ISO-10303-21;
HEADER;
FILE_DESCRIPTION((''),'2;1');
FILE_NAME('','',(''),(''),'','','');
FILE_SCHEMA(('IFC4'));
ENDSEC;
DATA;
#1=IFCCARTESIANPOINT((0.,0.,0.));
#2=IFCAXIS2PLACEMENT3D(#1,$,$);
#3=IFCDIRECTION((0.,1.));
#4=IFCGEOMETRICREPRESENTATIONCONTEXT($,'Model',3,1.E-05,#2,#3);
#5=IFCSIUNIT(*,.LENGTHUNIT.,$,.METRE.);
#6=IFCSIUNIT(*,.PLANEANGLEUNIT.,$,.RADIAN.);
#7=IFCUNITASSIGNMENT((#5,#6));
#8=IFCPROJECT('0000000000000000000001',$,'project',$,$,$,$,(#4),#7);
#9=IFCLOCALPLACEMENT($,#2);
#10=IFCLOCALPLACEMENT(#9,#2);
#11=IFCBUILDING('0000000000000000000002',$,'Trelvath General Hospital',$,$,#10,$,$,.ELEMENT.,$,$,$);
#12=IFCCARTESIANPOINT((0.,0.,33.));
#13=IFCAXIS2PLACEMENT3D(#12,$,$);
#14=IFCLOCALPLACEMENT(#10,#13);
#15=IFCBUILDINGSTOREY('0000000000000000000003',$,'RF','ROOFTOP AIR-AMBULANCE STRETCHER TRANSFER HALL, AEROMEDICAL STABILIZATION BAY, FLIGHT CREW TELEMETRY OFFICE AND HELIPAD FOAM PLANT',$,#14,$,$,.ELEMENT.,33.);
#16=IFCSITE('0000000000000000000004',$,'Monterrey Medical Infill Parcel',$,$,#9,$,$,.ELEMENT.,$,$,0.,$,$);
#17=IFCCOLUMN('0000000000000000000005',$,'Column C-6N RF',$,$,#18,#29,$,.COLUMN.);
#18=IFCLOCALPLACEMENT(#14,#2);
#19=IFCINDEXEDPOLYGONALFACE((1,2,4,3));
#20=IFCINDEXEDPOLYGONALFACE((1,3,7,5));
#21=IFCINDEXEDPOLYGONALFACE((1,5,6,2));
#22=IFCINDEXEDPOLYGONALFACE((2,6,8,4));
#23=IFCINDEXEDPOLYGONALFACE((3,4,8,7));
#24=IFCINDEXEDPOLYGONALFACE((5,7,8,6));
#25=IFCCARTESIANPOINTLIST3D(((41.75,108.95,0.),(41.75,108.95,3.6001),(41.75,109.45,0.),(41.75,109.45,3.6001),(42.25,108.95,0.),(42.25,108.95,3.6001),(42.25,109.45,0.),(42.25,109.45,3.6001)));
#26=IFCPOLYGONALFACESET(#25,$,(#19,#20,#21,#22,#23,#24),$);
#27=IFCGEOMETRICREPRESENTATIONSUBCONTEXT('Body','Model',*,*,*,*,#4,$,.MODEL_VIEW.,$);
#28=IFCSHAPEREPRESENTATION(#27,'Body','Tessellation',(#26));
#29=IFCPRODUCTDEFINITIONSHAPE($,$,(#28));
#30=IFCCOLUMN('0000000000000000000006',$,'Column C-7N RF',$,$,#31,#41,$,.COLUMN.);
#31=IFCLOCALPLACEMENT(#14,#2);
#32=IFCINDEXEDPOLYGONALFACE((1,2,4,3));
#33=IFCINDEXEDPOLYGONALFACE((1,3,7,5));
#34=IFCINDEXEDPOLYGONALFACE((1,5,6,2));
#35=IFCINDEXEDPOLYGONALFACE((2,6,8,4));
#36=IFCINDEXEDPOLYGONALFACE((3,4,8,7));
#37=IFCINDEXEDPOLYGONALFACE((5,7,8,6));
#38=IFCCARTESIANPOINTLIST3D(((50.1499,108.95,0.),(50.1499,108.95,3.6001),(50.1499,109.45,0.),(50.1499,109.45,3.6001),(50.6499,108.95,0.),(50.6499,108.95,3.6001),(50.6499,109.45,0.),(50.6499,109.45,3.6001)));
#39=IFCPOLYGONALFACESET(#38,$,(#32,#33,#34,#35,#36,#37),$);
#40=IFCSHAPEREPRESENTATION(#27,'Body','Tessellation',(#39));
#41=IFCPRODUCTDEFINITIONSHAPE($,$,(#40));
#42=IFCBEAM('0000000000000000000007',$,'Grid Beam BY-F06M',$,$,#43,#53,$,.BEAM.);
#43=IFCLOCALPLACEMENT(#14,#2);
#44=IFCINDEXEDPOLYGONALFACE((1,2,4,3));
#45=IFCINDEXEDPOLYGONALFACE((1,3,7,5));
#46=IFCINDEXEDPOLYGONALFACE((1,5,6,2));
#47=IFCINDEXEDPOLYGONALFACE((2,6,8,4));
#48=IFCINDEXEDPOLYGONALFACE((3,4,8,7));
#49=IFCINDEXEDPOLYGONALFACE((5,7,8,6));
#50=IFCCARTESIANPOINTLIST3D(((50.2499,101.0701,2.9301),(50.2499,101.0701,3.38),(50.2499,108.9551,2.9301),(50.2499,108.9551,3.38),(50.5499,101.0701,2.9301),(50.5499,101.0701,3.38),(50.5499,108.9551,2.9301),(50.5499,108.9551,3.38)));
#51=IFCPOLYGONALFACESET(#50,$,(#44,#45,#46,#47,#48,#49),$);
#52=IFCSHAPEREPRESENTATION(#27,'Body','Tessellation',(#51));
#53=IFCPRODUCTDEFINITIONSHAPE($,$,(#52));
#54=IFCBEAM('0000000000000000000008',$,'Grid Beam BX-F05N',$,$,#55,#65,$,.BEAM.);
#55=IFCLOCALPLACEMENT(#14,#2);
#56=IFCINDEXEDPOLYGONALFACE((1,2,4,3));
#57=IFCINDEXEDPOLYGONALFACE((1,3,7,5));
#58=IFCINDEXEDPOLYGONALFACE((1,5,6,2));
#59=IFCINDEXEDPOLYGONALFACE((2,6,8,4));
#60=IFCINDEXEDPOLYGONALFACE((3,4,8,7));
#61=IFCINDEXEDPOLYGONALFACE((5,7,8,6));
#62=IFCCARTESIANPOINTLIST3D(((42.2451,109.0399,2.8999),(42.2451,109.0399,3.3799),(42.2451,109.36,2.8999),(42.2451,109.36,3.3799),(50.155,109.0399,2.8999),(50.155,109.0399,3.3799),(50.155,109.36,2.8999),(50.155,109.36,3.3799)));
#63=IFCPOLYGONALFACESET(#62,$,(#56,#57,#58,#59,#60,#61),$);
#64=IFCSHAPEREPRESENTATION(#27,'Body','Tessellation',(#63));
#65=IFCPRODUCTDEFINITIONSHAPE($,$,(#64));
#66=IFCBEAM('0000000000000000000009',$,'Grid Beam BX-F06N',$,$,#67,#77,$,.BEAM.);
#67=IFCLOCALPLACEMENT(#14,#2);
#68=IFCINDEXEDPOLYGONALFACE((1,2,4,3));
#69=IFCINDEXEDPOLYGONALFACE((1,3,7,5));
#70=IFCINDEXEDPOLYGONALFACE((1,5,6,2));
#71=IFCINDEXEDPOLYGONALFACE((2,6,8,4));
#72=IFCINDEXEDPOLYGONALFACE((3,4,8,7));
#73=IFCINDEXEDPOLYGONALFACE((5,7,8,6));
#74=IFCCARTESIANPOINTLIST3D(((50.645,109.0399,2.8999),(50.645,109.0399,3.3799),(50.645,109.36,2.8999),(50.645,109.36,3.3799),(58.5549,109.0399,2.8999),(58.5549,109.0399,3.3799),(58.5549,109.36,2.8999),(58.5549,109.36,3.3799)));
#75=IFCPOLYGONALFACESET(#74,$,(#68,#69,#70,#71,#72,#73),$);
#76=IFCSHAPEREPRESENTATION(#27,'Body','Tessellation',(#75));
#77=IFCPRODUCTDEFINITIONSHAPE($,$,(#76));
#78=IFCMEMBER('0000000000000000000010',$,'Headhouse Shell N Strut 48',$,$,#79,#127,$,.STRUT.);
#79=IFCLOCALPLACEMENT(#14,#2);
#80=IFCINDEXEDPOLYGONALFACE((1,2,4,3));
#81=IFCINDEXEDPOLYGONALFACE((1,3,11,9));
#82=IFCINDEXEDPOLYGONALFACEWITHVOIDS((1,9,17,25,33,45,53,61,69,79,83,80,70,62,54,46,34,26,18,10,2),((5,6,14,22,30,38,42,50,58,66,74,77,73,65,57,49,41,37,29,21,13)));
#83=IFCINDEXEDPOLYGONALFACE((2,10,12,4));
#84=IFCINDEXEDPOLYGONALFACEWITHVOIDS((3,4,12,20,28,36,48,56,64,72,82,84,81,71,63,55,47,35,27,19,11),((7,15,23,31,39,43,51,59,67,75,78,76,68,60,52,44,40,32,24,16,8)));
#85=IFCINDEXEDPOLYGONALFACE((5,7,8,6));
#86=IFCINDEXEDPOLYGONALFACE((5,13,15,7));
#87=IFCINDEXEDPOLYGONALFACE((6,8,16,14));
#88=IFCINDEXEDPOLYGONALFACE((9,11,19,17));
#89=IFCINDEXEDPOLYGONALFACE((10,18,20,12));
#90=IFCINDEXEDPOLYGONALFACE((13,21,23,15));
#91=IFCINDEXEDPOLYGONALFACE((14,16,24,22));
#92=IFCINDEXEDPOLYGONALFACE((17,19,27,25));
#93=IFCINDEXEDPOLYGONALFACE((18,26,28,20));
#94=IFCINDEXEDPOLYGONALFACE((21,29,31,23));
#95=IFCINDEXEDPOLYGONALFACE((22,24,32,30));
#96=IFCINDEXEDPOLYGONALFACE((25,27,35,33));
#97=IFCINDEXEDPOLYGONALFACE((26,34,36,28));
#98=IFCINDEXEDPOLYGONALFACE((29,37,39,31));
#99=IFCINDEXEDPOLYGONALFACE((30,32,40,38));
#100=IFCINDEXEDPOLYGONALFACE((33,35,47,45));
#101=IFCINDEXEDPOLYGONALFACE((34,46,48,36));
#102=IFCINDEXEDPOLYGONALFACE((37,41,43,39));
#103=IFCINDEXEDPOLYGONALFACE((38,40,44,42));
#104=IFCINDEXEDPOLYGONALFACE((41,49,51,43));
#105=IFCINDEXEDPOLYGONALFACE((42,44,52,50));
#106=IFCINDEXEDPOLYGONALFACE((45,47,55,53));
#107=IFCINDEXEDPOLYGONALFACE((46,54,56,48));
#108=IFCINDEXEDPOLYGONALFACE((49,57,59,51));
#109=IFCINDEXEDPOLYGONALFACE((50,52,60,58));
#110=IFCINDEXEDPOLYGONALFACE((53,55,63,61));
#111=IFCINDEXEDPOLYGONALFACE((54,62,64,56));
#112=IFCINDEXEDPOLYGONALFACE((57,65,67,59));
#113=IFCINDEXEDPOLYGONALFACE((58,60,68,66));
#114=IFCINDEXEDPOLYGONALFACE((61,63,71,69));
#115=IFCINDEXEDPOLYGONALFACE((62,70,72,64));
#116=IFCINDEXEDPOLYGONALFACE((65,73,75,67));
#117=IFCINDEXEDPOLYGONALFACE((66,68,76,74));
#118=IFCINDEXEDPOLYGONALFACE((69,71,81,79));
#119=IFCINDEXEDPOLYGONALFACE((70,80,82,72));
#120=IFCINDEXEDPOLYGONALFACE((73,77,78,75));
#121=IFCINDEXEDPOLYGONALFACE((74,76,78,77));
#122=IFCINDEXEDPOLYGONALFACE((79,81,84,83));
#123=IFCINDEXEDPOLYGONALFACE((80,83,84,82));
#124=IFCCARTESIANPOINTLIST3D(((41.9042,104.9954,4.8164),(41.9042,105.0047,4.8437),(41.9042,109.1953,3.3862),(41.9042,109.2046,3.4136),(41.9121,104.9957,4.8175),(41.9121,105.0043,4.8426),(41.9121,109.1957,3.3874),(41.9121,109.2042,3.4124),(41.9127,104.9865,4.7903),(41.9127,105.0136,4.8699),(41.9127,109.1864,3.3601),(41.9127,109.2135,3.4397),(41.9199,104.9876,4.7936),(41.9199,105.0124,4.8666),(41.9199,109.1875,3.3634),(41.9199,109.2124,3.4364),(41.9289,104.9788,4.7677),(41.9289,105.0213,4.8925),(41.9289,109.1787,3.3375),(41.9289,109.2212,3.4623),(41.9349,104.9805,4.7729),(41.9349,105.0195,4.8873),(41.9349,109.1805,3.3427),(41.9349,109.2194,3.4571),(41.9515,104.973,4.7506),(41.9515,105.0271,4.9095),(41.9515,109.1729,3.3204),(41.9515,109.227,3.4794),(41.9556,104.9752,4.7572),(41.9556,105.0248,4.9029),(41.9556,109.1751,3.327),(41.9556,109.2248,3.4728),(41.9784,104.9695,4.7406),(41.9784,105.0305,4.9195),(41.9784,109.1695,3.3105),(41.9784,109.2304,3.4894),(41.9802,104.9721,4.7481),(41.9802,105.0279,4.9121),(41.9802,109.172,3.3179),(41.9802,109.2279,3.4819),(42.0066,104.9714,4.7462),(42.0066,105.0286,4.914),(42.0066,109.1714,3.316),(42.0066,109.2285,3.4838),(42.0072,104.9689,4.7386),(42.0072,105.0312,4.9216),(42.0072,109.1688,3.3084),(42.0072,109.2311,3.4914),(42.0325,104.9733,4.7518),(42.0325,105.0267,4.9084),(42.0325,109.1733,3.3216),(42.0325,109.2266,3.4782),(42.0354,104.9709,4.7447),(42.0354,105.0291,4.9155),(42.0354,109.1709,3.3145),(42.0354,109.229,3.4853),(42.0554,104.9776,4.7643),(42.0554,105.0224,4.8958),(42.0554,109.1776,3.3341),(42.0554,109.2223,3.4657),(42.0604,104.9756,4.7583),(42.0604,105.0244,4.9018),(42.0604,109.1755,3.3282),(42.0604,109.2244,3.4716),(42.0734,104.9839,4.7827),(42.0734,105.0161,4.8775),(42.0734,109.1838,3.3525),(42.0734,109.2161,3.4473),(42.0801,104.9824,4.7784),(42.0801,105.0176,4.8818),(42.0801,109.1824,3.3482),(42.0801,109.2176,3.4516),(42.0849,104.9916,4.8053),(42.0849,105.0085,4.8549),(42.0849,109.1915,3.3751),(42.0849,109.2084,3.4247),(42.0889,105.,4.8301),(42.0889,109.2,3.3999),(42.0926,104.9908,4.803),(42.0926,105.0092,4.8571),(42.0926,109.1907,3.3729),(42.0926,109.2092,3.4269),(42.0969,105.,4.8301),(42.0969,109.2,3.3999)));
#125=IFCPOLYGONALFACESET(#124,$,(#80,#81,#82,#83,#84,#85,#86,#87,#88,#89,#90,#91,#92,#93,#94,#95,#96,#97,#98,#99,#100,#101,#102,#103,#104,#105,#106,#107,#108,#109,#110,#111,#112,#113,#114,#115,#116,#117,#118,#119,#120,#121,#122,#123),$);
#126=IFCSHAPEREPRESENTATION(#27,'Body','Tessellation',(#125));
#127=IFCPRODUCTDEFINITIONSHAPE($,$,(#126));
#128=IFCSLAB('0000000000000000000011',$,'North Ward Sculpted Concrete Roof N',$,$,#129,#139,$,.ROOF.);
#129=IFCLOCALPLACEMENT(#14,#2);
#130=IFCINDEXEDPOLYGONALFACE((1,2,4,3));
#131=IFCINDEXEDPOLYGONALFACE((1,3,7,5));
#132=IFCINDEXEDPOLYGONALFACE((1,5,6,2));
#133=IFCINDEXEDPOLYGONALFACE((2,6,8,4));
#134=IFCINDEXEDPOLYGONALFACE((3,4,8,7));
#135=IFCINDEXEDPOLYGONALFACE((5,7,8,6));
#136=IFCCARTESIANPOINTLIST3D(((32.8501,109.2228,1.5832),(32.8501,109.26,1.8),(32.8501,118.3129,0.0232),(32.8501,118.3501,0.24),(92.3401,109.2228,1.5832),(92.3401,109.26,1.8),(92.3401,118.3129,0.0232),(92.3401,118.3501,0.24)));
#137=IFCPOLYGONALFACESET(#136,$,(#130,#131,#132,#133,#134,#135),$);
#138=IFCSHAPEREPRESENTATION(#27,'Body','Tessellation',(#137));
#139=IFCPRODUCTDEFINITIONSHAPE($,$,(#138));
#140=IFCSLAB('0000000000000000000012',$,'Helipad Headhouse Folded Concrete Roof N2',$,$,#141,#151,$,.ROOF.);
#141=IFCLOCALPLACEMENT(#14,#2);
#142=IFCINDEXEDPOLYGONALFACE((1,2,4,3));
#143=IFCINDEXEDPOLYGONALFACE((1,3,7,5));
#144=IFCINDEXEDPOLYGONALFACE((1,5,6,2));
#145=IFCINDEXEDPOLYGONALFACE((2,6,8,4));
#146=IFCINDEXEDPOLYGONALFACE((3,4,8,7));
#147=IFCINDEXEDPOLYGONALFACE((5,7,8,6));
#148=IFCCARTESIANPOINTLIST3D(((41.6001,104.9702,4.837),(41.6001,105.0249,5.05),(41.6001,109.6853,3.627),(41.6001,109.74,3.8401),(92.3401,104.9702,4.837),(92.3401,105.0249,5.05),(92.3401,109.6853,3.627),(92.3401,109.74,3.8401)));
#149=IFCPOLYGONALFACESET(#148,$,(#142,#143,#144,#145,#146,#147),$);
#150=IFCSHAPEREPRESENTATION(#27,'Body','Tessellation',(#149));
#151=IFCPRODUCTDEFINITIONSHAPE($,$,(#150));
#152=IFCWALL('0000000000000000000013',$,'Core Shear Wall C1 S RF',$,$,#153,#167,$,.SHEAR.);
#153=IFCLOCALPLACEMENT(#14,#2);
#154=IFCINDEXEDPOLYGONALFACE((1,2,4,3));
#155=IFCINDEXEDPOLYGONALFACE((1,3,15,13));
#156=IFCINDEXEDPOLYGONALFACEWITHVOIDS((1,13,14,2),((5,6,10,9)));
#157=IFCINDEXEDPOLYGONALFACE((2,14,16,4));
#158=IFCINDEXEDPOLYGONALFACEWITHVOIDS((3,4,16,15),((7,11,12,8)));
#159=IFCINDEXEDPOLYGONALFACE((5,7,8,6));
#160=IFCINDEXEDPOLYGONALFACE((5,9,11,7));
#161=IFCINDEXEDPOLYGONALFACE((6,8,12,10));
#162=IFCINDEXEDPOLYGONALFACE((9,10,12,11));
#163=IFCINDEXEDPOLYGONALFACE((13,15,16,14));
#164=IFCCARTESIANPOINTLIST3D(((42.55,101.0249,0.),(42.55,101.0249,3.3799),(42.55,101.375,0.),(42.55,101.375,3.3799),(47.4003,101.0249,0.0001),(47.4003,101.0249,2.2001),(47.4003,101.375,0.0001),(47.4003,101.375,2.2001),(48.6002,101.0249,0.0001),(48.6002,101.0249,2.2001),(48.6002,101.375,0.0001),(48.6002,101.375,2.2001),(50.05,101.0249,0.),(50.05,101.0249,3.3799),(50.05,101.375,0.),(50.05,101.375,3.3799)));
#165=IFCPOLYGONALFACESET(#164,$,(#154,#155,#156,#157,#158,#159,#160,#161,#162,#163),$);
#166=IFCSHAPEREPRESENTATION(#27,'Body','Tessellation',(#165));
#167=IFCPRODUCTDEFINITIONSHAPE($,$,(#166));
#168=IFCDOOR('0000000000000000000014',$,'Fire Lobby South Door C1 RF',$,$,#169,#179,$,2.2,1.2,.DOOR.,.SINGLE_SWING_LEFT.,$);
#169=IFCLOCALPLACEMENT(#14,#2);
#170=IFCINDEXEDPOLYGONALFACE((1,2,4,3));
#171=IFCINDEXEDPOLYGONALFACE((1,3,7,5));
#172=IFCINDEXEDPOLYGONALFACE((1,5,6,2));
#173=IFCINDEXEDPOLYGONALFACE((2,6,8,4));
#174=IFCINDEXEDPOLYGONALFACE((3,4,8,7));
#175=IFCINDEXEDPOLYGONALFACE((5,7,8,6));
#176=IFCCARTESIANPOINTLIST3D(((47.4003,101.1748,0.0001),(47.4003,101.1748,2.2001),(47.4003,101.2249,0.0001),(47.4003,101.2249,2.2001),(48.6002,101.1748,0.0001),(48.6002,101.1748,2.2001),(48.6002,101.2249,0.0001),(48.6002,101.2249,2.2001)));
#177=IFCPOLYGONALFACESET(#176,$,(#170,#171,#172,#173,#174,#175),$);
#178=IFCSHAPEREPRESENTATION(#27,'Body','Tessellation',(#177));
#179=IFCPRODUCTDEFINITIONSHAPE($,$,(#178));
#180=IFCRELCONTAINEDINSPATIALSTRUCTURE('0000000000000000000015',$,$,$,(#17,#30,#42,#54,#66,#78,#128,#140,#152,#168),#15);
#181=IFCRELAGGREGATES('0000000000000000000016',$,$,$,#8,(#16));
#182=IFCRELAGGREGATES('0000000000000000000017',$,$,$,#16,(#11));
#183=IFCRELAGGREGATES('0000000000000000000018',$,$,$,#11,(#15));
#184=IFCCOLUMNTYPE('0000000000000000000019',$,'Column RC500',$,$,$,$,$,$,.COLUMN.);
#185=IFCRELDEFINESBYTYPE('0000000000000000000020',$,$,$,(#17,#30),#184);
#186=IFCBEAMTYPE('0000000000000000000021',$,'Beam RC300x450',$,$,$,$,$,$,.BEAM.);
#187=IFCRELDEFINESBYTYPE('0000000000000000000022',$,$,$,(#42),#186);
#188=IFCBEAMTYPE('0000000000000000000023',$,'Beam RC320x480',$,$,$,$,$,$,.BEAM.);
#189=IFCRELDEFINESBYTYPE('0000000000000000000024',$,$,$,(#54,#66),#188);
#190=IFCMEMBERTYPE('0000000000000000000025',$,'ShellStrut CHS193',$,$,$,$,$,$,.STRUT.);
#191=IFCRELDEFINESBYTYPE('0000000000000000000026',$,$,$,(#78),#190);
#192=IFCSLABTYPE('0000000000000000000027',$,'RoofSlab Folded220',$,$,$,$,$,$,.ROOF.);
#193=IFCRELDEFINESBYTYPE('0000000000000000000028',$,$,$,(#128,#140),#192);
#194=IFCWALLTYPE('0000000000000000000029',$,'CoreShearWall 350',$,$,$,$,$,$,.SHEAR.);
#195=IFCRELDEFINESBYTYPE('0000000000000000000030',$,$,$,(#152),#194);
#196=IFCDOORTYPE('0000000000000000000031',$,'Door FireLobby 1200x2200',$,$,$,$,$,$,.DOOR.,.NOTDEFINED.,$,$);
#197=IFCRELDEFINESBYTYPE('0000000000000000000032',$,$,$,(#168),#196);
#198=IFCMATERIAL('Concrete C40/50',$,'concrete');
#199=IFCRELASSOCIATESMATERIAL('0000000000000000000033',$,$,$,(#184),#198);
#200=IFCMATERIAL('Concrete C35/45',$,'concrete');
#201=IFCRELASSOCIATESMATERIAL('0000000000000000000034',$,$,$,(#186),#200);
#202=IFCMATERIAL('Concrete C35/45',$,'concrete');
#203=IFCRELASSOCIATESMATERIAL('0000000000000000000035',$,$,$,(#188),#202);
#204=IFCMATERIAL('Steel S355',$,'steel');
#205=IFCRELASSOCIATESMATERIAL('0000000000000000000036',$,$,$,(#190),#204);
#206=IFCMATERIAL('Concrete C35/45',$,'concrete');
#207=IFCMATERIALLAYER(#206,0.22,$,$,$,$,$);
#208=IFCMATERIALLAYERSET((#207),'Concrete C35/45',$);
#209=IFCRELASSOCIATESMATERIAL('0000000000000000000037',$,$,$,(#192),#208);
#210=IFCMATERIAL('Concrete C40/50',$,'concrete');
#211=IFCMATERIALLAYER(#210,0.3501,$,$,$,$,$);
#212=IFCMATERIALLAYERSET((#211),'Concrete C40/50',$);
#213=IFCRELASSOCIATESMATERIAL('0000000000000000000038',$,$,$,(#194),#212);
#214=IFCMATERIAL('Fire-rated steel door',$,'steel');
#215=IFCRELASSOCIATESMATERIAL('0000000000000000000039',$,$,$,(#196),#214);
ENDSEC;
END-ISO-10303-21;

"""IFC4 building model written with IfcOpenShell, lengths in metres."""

from ifc_helpers import new_model, si_unit, direction, frame, frame_2d, origin, origin_2d, place, context, subcontext, project, spatial, polyline, rectangle, hollow_circle, outline, extrude, material, layer, layer_set, material_profile, profile_set, type_object, element, fill, save


model = new_model("IFC4")

# Units and contexts
model_context = context("Model", 3, precision=1e-05, world=origin(), true_north=direction((0.0, 1.0)))
body_context = subcontext(model_context, "Body", "Model", "MODEL_VIEW")
ifc_project = project(units=[si_unit("LENGTHUNIT", "METRE"), si_unit("PLANEANGLEUNIT", "RADIAN")], contexts=[model_context])

# Site, building, storey
site_placement = place(None, origin())
site = spatial("IfcSite", under=ifc_project, at=site_placement, Name="Monterrey Medical Infill Parcel", CompositionType="ELEMENT", RefElevation=0.0)
building_placement = place(site_placement, origin())
building = spatial("IfcBuilding", under=site, at=building_placement, Name="Trelvath General Hospital", CompositionType="ELEMENT")
storey_placement = place(building_placement, frame((0.0, 0.0, 33.0)))
storey = spatial("IfcBuildingStorey", under=building, at=storey_placement, Name="RF", Description="ROOFTOP AIR-AMBULANCE STRETCHER TRANSFER HALL, AEROMEDICAL STABILIZATION BAY, FLIGHT CREW TELEMETRY OFFICE AND HELIPAD FOAM PLANT", CompositionType="ELEMENT", Elevation=33.0)

# Columns
ifc_material_1 = material(Name="Concrete C40/50", Category="concrete")
ifc_material_profile_1 = material_profile(ifc_material_1, rectangle(XDim=0.5, YDim=0.5, at=origin_2d()), Name="RC500x500")
ifc_profile_set_1 = profile_set([ifc_material_profile_1], Name="Concrete C40/50")
column_type = type_object("IfcColumnType", Name="Column RC500", PredefinedType="COLUMN", material=ifc_profile_set_1)
for number, where, z_axis, x_axis, name in (
    (1, (42.0, 109.2, 0.0), (0.0, 0.0, 1.0), (1.0, 0.0, 0.0), "Column C-6N RF"),
    (2, (50.3999, 109.2, 0.0), (0.0, 0.0, 1.0), (1.0, 0.0, 0.0), "Column C-7N RF"),
):
    element("IfcColumn", number, at=place(storey_placement, frame(where, z_axis=z_axis, x_axis=x_axis)), inside=storey, type_object=column_type, Name=name, PredefinedType="COLUMN", context=body_context, shape_type="SweptSolid", body=[
        extrude(rectangle(XDim=0.5, YDim=0.5, at=origin_2d()), origin(), (0.0, 0.0, 1.0), 3.6001),
    ])

# Beams
ifc_material_2 = material(Name="Concrete C35/45", Category="concrete")
ifc_material_profile_2 = material_profile(ifc_material_2, rectangle(XDim=0.3, YDim=0.45, at=origin_2d()), Name="RCB300x450")
ifc_profile_set_2 = profile_set([ifc_material_profile_2], Name="Concrete C35/45")
beam_type_1 = type_object("IfcBeamType", Name="Beam RC300x450", PredefinedType="BEAM", material=ifc_profile_set_2)
beam_placement = place(storey_placement, frame((50.3999, 101.0701, 3.155), z_axis=(0.0, 1.0, 0.0), x_axis=(-1.0, 0.0, 0.0)))
element("IfcBeam", 3, at=beam_placement, inside=storey, type_object=beam_type_1, Name="Grid Beam BY-F06M", PredefinedType="BEAM", context=body_context, shape_type="SweptSolid", body=[
    extrude(rectangle(XDim=0.3, YDim=0.45, at=origin_2d()), origin(), (0.0, 0.0, 1.0), 7.885),
])
ifc_material_3 = material(Name="Concrete C35/45", Category="concrete")
ifc_material_profile_3 = material_profile(ifc_material_3, rectangle(XDim=0.3201, YDim=0.48, at=origin_2d()), Name="RCB320x480")
ifc_profile_set_3 = profile_set([ifc_material_profile_3], Name="Concrete C35/45")
beam_type_2 = type_object("IfcBeamType", Name="Beam RC320x480", PredefinedType="BEAM", material=ifc_profile_set_3)
for number, where, z_axis, x_axis, name in (
    (4, (42.2451, 109.2, 3.1399), (1.0, 0.0, 0.0), (0.0, 1.0, 0.0), "Grid Beam BX-F05N"),
    (5, (50.645, 109.2, 3.1399), (1.0, 0.0, 0.0), (0.0, 1.0, 0.0), "Grid Beam BX-F06N"),
):
    element("IfcBeam", number, at=place(storey_placement, frame(where, z_axis=z_axis, x_axis=x_axis)), inside=storey, type_object=beam_type_2, Name=name, PredefinedType="BEAM", context=body_context, shape_type="SweptSolid", body=[
        extrude(rectangle(XDim=0.3201, YDim=0.48, at=origin_2d()), origin(), (0.0, 0.0, 1.0), 7.9099),
    ])

# Member
ifc_material_4 = material(Name="Steel S355", Category="steel")
ifc_material_profile_4 = material_profile(ifc_material_4, hollow_circle(Radius=0.0969, WallThickness=0.0081, at=origin_2d()), Name="CHS193.7x8.0")
ifc_profile_set_4 = profile_set([ifc_material_profile_4], Name="Steel S355")
member_type = type_object("IfcMemberType", Name="ShellStrut CHS193", PredefinedType="STRUT", material=ifc_profile_set_4)
member_placement = place(storey_placement, frame((42.0, 109.2, 3.3999), z_axis=(0.0, -0.946622, 0.322346), x_axis=(1.0, 0.0, 0.0)))
element("IfcMember", 6, at=member_placement, inside=storey, type_object=member_type, Name="Headhouse Shell N Strut 48", PredefinedType="STRUT", context=body_context, shape_type="SweptSolid", body=[
    extrude(hollow_circle(Radius=0.0969, WallThickness=0.0081, at=origin_2d()), origin(), (0.0, 0.0, 1.0), 4.4368),
])

# Slabs
ifc_material_5 = material(Name="Concrete C35/45", Category="concrete")
ifc_layer_1 = layer(ifc_material_5, 0.22)
ifc_layer_set_1 = layer_set([ifc_layer_1], Name="Concrete C35/45")
slab_type = type_object("IfcSlabType", Name="RoofSlab Folded220", PredefinedType="ROOF", material=ifc_layer_set_1)
slab_1_placement = place(storey_placement, frame((32.8501, 109.26, 1.8), z_axis=(0.0, 0.169149, 0.98559), x_axis=(1.0, 0.0, 0.0)))
element("IfcSlab", 7, at=slab_1_placement, inside=storey, type_object=slab_type, Name="North Ward Sculpted Concrete Roof N", PredefinedType="ROOF", context=body_context, shape_type="SweptSolid", body=[
    extrude(outline(polyline([(0.0, 0.0), (59.49, 0.0), (59.49, 9.223), (0.0, 9.223), (0.0, 0.0)])), origin(), (0.0, 0.0, -1.0), 0.22),
])
slab_2_placement = place(storey_placement, frame((41.6001, 105.0249, 5.05), z_axis=(0.0, 0.248561, 0.968616), x_axis=(1.0, 0.0, 0.0)))
element("IfcSlab", 8, at=slab_2_placement, inside=storey, type_object=slab_type, Name="Helipad Headhouse Folded Concrete Roof N2", PredefinedType="ROOF", context=body_context, shape_type="SweptSolid", body=[
    extrude(outline(polyline([(0.0, 0.0), (50.74, 0.0), (50.74, 4.8679), (0.0, 4.8679), (0.0, 0.0)])), origin(), (0.0, 0.0, -1.0), 0.22),
])

# Wall, opening, door
ifc_material_6 = material(Name="Concrete C40/50", Category="concrete")
ifc_layer_2 = layer(ifc_material_6, 0.3501)
ifc_layer_set_2 = layer_set([ifc_layer_2], Name="Concrete C40/50")
wall_type_1 = type_object("IfcWallType", Name="CoreShearWall 350", PredefinedType="SHEAR", material=ifc_layer_set_2)
wall_1_placement = place(storey_placement, frame((42.55, 101.2, 0.0), z_axis=(0.0, 0.0, 1.0), x_axis=(1.0, 0.0, 0.0)))
wall_1 = element("IfcWall", 9, at=wall_1_placement, inside=storey, type_object=wall_type_1, Name="Core Shear Wall C1 S RF", PredefinedType="SHEAR", context=body_context, shape_type="SweptSolid", body=[
    extrude(rectangle(XDim=7.5, YDim=0.3501, at=frame_2d((3.75, 0.0))), origin(), (0.0, 0.0, 1.0), 3.3799),
])
opening_1_placement = place(wall_1_placement, frame((4.8501, 0.0, 0.0)))
opening_1 = element("IfcOpeningElement", 10, at=opening_1_placement, cuts=wall_1, PredefinedType="OPENING", context=body_context, shape_type="SweptSolid", body=[
    extrude(rectangle(XDim=1.2, YDim=2.2, at=frame_2d((0.6001, 1.1001))), frame((0.0, 0.1851, 0.0), z_axis=(0.0, -1.0, 0.0), x_axis=(1.0, 0.0, 0.0)), (0.0, 0.0, 1.0), 0.3701),
])
ifc_material_7 = material(Name="Fire-rated steel door", Category="steel")
door_type_1 = type_object("IfcDoorType", Name="Door FireLobby 1200x2200", OperationType="NOTDEFINED", PredefinedType="DOOR", material=ifc_material_7)
door_1_placement = place(opening_1_placement, origin())
door_1 = element("IfcDoor", 11, at=door_1_placement, inside=storey, type_object=door_type_1, Name="Fire Lobby South Door C1 RF", OperationType="SINGLE_SWING_LEFT", OverallHeight=2.2, OverallWidth=1.2, PredefinedType="DOOR", context=body_context, shape_type="SweptSolid", body=[
    extrude(rectangle(XDim=1.2, YDim=2.2, at=frame_2d((0.6001, 1.1001))), frame((0.0, 0.0249, 0.0), z_axis=(0.0, -1.0, 0.0), x_axis=(1.0, 0.0, 0.0)), (0.0, 0.0, 1.0), 0.05),
])
fill(opening_1, door_1)

save(model, "model.ifc")
